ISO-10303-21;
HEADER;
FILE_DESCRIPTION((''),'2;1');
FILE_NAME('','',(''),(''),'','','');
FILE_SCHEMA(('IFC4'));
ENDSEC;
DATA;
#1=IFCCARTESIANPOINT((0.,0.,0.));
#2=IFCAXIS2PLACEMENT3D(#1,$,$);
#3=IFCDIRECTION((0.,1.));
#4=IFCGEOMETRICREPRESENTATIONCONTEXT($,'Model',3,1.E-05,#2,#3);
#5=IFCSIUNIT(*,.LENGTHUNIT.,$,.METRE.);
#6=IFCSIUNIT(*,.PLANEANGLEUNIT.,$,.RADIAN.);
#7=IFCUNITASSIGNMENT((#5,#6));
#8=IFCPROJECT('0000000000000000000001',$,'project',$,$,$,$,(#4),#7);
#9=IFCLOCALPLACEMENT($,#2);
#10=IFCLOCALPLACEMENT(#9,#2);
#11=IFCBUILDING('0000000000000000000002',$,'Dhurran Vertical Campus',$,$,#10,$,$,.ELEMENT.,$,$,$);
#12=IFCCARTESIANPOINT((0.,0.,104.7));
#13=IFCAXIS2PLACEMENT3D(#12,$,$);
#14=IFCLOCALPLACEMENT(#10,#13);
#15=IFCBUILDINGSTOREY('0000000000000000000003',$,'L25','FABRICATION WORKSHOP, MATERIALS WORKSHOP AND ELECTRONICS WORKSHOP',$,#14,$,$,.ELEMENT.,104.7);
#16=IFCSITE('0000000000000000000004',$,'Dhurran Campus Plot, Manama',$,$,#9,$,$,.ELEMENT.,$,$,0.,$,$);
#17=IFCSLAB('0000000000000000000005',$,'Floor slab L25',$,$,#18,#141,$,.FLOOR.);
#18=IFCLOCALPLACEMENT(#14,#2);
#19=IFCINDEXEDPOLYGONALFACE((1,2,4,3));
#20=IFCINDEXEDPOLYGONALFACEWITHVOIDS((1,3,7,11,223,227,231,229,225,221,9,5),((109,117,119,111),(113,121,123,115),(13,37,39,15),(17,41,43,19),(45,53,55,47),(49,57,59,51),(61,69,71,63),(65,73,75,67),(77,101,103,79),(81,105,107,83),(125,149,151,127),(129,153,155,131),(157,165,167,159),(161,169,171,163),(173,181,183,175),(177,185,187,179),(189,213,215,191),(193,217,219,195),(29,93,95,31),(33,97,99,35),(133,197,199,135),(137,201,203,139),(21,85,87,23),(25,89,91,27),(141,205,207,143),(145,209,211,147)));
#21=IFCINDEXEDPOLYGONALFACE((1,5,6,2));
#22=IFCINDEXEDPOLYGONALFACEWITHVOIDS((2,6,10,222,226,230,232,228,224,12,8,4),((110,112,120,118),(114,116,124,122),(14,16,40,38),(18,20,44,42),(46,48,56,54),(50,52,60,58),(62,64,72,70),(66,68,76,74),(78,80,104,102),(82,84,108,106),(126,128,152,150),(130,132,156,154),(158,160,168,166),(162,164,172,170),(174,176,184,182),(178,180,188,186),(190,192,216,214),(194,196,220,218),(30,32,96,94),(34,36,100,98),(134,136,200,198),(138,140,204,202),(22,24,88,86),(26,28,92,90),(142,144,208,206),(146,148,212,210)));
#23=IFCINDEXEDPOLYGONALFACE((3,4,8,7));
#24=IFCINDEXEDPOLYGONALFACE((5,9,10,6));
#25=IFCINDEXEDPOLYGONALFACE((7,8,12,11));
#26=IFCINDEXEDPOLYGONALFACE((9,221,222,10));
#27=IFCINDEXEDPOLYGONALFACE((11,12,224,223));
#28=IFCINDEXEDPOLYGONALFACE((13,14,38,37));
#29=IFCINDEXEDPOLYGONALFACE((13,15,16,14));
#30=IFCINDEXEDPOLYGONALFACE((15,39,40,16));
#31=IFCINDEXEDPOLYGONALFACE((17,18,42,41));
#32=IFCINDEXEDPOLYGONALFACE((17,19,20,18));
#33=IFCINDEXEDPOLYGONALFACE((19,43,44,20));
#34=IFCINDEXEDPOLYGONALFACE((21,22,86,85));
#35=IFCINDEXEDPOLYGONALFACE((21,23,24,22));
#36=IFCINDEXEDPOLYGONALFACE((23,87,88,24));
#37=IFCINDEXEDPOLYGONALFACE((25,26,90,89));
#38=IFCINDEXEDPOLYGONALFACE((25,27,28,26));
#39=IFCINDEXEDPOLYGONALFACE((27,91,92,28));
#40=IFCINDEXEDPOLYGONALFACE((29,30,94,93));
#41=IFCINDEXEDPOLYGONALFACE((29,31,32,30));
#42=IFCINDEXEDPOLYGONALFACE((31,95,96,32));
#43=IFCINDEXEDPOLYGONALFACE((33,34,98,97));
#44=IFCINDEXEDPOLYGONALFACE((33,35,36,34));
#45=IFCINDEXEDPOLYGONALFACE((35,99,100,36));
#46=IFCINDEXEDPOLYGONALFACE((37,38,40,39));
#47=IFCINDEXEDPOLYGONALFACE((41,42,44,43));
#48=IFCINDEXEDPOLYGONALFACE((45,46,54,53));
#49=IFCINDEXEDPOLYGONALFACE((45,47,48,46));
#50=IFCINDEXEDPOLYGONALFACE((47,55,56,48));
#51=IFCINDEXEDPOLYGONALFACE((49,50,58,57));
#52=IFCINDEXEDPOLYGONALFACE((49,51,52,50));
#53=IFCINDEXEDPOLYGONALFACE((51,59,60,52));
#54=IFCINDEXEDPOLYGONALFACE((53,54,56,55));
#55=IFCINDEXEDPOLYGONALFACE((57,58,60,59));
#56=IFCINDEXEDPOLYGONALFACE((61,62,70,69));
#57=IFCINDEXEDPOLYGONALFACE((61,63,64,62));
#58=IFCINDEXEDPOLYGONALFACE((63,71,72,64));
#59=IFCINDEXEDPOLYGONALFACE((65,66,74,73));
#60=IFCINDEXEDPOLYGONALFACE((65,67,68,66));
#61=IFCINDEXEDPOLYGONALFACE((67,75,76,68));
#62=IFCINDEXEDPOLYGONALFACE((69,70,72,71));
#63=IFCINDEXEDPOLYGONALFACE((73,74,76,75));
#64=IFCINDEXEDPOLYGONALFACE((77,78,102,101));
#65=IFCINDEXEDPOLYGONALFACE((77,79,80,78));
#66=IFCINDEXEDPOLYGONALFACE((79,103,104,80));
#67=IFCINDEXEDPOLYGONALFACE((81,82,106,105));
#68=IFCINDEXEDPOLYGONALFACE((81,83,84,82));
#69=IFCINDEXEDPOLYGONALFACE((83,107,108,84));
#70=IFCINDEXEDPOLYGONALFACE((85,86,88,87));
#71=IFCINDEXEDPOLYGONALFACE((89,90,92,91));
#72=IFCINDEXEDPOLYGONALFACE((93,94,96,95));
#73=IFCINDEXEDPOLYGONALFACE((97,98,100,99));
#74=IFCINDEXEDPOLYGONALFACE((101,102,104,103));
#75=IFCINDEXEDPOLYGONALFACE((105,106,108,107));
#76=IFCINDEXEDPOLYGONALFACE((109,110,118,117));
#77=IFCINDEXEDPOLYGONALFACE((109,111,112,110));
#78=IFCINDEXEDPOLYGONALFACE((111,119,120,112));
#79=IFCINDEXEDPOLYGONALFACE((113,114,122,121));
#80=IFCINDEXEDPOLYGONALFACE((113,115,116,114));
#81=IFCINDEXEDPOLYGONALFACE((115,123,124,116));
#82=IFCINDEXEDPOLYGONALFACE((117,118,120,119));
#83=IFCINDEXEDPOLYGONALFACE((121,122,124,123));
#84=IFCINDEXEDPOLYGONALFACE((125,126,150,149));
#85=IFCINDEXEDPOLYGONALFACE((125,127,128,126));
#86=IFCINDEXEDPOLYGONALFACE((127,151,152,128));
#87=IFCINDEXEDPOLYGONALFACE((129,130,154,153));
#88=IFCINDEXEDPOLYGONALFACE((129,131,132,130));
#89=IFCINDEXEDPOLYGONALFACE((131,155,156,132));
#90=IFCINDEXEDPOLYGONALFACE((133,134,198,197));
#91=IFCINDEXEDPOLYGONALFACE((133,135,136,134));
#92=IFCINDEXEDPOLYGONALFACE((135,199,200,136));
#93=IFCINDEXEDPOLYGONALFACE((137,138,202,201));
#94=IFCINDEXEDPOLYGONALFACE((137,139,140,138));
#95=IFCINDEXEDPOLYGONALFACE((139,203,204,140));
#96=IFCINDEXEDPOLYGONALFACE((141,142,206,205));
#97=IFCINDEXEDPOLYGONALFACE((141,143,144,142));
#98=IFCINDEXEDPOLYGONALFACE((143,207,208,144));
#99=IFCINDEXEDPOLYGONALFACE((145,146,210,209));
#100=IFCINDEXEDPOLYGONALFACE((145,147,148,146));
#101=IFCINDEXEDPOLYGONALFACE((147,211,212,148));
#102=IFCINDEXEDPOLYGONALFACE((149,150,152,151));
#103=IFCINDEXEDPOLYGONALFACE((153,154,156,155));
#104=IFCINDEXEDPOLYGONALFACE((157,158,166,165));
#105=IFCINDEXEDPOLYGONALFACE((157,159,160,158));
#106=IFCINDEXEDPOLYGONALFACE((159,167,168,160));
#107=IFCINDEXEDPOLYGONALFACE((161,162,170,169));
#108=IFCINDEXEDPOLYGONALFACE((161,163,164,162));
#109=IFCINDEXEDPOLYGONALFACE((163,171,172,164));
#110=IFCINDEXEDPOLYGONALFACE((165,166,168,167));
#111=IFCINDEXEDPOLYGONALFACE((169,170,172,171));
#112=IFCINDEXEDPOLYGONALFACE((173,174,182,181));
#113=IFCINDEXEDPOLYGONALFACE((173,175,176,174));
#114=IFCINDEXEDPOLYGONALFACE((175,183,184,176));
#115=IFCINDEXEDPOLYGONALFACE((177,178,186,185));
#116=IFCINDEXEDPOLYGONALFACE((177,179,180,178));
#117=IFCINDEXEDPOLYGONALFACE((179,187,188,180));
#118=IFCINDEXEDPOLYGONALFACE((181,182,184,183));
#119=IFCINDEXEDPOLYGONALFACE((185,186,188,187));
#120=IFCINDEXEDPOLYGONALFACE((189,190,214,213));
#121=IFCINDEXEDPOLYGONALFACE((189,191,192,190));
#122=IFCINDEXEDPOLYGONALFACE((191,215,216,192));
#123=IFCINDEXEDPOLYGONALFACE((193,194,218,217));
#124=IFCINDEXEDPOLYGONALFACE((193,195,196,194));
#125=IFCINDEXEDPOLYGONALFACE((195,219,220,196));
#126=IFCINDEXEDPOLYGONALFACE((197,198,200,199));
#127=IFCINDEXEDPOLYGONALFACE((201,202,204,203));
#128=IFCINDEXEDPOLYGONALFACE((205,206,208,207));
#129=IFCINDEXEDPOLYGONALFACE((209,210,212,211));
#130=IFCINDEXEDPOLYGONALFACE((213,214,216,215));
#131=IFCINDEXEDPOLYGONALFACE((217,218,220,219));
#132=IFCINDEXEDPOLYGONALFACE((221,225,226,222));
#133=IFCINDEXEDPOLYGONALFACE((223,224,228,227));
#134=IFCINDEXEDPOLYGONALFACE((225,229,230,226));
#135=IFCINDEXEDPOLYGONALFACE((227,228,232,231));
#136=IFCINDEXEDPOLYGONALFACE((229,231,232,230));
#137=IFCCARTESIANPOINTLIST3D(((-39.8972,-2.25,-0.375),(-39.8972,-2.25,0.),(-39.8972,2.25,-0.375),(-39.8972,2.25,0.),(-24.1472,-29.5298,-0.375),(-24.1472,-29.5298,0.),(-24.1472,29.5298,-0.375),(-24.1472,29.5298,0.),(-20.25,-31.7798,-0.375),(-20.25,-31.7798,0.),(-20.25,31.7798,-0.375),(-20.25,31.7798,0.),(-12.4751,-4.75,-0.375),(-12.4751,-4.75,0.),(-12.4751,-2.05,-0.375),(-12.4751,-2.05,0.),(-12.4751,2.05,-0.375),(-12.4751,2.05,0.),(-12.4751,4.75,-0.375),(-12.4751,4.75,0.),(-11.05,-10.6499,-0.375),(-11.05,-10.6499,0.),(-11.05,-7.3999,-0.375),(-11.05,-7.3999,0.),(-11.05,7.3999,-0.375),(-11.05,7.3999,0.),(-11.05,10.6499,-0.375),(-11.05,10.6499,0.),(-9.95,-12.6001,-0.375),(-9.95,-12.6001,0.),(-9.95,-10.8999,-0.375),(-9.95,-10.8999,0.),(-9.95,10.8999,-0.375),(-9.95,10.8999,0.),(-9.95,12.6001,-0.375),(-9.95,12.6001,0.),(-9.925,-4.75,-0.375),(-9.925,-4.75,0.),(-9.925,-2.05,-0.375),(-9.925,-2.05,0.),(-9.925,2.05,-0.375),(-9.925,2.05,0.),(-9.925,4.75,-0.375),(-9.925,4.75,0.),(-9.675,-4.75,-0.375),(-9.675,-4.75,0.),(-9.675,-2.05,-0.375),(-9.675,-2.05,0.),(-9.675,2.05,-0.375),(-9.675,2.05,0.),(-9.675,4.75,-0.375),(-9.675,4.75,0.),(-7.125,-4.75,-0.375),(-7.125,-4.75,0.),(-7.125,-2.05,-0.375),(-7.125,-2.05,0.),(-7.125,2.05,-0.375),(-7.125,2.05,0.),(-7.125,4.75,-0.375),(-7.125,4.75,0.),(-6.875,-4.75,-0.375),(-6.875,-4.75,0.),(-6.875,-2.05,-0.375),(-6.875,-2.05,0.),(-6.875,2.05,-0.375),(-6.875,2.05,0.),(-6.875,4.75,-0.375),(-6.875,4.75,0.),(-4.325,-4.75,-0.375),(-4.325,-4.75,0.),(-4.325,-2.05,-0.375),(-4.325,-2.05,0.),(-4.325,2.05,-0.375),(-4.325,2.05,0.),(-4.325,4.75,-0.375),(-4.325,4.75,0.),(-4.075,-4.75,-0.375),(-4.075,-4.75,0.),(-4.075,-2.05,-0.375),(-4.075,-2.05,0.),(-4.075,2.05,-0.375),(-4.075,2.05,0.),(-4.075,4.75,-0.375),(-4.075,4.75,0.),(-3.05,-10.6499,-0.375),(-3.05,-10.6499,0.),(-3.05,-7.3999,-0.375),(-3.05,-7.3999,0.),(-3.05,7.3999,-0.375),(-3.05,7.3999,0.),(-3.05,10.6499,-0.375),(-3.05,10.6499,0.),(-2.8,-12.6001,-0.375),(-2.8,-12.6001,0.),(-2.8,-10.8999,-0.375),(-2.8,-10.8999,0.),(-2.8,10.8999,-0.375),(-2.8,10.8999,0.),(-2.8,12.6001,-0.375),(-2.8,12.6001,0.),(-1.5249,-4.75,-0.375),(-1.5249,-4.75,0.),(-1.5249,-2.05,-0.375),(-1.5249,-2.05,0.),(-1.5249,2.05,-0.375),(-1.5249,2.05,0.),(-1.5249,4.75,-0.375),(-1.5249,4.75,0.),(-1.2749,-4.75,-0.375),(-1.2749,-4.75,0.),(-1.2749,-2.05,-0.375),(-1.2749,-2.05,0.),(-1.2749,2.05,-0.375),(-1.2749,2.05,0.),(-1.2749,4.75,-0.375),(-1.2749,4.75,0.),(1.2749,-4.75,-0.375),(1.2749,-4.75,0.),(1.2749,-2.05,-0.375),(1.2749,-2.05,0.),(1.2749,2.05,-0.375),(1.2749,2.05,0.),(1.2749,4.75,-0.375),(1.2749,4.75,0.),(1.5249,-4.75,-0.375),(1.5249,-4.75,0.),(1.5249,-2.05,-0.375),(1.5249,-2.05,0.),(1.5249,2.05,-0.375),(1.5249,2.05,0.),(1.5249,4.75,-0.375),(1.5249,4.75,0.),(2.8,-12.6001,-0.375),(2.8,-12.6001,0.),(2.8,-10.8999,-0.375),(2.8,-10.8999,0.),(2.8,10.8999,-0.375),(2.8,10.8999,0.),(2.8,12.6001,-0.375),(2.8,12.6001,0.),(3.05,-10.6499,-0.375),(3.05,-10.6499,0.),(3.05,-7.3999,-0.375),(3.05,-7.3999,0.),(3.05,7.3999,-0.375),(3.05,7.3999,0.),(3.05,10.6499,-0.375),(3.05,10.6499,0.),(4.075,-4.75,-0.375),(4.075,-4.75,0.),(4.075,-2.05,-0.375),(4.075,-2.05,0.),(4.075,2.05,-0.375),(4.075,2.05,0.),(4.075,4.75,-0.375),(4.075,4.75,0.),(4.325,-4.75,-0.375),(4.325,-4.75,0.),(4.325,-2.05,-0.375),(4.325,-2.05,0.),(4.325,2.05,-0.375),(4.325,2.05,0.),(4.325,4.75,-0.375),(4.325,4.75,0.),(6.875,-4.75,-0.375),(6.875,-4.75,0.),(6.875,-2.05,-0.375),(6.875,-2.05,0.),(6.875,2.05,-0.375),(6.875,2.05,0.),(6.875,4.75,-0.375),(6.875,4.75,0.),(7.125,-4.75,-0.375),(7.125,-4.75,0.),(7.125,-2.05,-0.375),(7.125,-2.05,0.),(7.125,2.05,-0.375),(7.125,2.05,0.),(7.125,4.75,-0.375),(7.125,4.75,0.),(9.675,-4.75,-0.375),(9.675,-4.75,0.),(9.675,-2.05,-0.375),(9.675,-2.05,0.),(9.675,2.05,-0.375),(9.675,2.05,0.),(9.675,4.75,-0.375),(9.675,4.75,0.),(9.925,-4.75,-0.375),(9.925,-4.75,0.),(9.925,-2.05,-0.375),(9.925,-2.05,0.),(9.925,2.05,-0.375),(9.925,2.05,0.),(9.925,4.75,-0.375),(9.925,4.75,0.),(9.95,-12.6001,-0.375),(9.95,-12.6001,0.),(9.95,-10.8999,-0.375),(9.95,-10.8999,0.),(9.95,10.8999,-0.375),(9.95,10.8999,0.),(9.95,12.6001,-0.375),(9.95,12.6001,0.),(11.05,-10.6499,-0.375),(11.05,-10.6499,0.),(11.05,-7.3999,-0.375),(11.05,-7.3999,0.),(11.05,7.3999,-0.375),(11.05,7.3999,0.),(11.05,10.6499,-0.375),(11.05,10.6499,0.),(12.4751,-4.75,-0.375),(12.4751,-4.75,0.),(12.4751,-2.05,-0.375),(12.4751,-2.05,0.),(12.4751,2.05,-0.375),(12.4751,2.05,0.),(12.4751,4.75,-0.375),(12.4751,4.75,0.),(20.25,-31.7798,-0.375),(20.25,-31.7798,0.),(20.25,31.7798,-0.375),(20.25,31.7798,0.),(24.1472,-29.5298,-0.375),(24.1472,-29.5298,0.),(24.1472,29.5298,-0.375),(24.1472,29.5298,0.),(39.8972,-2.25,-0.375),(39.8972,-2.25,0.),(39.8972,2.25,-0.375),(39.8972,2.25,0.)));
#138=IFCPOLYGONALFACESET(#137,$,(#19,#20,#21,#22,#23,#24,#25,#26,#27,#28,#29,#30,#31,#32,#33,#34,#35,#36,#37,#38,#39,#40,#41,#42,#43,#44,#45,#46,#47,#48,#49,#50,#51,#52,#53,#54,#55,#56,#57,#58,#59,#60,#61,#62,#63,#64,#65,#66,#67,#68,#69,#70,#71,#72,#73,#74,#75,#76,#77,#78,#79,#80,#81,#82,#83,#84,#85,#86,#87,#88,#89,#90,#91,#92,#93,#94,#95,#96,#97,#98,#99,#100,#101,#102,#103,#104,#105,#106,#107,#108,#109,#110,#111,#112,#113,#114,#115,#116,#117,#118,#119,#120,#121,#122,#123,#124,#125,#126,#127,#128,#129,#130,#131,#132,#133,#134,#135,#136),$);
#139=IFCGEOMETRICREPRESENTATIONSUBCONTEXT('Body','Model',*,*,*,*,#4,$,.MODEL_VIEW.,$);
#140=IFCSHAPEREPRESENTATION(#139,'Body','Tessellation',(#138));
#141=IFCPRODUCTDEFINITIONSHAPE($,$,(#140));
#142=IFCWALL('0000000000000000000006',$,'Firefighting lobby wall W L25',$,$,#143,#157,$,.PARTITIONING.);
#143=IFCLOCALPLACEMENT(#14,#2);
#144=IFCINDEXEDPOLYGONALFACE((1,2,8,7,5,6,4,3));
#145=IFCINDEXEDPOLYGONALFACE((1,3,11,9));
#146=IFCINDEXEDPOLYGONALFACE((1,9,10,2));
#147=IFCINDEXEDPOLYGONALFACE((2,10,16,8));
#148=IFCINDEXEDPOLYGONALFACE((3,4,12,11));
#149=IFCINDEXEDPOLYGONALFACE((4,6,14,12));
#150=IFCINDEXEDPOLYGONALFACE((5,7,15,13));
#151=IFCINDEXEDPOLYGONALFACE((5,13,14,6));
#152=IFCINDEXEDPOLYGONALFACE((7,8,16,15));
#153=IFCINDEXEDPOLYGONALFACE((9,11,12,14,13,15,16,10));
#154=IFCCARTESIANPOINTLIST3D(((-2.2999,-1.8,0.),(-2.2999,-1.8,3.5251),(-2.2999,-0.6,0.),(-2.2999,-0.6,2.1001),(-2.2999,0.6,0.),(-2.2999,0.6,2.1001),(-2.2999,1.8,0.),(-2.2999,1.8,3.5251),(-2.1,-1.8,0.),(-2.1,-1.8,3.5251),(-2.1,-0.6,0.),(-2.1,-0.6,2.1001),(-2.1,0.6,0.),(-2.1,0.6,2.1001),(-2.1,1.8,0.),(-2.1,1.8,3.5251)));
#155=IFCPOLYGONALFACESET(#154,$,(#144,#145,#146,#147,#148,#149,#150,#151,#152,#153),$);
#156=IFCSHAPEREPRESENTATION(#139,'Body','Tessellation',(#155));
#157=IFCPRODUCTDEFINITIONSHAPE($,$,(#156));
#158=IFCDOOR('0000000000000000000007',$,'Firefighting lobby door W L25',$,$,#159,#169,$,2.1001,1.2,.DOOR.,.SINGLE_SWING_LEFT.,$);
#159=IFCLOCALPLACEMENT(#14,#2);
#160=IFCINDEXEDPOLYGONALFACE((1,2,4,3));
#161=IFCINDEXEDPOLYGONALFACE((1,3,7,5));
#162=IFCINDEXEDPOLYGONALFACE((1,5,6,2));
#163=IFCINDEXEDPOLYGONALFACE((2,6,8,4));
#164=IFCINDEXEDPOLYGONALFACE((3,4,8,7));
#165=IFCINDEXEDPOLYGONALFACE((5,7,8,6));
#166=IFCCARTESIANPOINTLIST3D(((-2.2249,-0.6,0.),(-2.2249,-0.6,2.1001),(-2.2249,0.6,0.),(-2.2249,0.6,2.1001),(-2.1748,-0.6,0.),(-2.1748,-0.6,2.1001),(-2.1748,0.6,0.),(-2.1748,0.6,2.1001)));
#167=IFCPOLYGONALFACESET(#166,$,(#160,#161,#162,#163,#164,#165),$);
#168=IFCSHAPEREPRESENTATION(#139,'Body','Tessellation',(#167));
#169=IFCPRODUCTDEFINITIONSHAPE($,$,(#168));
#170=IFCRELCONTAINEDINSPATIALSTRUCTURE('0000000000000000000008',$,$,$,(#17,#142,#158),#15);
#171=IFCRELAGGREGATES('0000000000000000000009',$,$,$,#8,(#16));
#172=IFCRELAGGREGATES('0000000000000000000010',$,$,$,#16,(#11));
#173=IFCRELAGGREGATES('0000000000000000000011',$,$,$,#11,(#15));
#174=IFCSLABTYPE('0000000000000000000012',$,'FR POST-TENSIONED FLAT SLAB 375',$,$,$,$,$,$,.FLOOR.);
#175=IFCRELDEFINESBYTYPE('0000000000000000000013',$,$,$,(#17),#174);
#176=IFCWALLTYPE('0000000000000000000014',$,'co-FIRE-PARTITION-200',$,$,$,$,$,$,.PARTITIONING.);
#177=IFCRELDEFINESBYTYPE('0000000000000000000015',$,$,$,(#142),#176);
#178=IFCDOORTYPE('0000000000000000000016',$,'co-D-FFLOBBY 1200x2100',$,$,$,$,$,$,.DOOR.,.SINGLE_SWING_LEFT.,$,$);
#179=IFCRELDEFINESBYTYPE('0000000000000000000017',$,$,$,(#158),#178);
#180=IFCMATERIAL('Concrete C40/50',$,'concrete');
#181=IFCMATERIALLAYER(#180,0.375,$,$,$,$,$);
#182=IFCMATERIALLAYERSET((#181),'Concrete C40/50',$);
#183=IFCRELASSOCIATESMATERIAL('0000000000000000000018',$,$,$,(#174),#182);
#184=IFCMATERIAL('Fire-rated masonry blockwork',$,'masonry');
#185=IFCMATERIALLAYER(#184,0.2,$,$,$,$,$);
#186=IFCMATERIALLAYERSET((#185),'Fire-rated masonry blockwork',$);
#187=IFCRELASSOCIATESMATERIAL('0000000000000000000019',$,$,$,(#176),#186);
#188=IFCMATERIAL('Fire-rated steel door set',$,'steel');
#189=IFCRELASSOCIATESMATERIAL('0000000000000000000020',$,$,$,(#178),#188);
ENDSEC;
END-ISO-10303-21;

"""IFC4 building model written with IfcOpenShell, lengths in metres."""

from ifc_helpers import new_model, si_unit, direction, frame, frame_2d, origin, place, context, subcontext, project, spatial, polyline, rectangle, outline, extrude, material, layer, layer_set, type_object, element, fill, save


model = new_model("IFC4")

# Units and contexts
model_context = context("Model", 3, precision=1e-05, world=origin(), true_north=direction((0.0, 1.0)))
body_context = subcontext(model_context, "Body", "Model", "MODEL_VIEW")
ifc_project = project(units=[si_unit("LENGTHUNIT", "METRE"), si_unit("PLANEANGLEUNIT", "RADIAN")], contexts=[model_context])

# Site, building, storey
site_placement = place(None, origin())
site = spatial("IfcSite", under=ifc_project, at=site_placement, Name="Dhurran Campus Plot, Manama", CompositionType="ELEMENT", RefElevation=0.0)
building_placement = place(site_placement, origin())
building = spatial("IfcBuilding", under=site, at=building_placement, Name="Dhurran Vertical Campus", CompositionType="ELEMENT")
storey_placement = place(building_placement, frame((0.0, 0.0, 104.7)))
storey = spatial("IfcBuildingStorey", under=building, at=storey_placement, Name="L25", Description="FABRICATION WORKSHOP, MATERIALS WORKSHOP AND ELECTRONICS WORKSHOP", CompositionType="ELEMENT", Elevation=104.7)

# Slab
ifc_material_1 = material(Name="Concrete C40/50", Category="concrete")
ifc_layer_1 = layer(ifc_material_1, 0.375)
ifc_layer_set_1 = layer_set([ifc_layer_1], Name="Concrete C40/50")
slab_type = type_object("IfcSlabType", Name="FR POST-TENSIONED FLAT SLAB 375", PredefinedType="FLOOR", material=ifc_layer_set_1)
slab_placement = place(storey_placement, frame((0.0, 0.0, -0.375)))
element("IfcSlab", 1, at=slab_placement, inside=storey, type_object=slab_type, Name="Floor slab L25", PredefinedType="FLOOR", context=body_context, shape_type="SweptSolid", body=[
    extrude(outline(polyline([(-20.25, -31.7798), (20.25, -31.7798), (24.1472, -29.5298), (39.8972, -2.25), (39.8972, 2.25), (24.1472, 29.5298), (20.25, 31.7798), (-20.25, 31.7798), (-24.1472, 29.5298), (-39.8972, 2.25), (-39.8972, -2.25), (-24.1472, -29.5298), (-20.25, -31.7798)]), holes=[polyline([(-12.4751, 2.05), (-9.925, 2.05), (-9.925, 4.75), (-12.4751, 4.75), (-12.4751, 2.05)]), polyline([(-9.675, 2.05), (-7.125, 2.05), (-7.125, 4.75), (-9.675, 4.75), (-9.675, 2.05)]), polyline([(-6.875, 2.05), (-4.325, 2.05), (-4.325, 4.75), (-6.875, 4.75), (-6.875, 2.05)]), polyline([(-1.2749, 2.05), (1.2749, 2.05), (1.2749, 4.75), (-1.2749, 4.75), (-1.2749, 2.05)]), polyline([(9.925, 2.05), (12.4751, 2.05), (12.4751, 4.75), (9.925, 4.75), (9.925, 2.05)]), polyline([(-1.2749, -4.75), (1.2749, -4.75), (1.2749, -2.05), (-1.2749, -2.05), (-1.2749, -4.75)]), polyline([(1.5249, -4.75), (4.075, -4.75), (4.075, -2.05), (1.5249, -2.05), (1.5249, -4.75)]), polyline([(4.325, -4.75), (6.875, -4.75), (6.875, -2.05), (4.325, -2.05), (4.325, -4.75)]), polyline([(7.125, -4.75), (9.675, -4.75), (9.675, -2.05), (7.125, -2.05), (7.125, -4.75)]), polyline([(9.925, -4.75), (12.4751, -4.75), (12.4751, -2.05), (9.925, -2.05), (9.925, -4.75)]), polyline([(-4.075, 2.05), (-1.5249, 2.05), (-1.5249, 4.75), (-4.075, 4.75), (-4.075, 2.05)]), polyline([(1.5249, 2.05), (4.075, 2.05), (4.075, 4.75), (1.5249, 4.75), (1.5249, 2.05)]), polyline([(4.325, 2.05), (6.875, 2.05), (6.875, 4.75), (4.325, 4.75), (4.325, 2.05)]), polyline([(7.125, 2.05), (9.675, 2.05), (9.675, 4.75), (7.125, 4.75), (7.125, 2.05)]), polyline([(-12.4751, -4.75), (-9.925, -4.75), (-9.925, -2.05), (-12.4751, -2.05), (-12.4751, -4.75)]), polyline([(-9.675, -4.75), (-7.125, -4.75), (-7.125, -2.05), (-9.675, -2.05), (-9.675, -4.75)]), polyline([(-6.875, -4.75), (-4.325, -4.75), (-4.325, -2.05), (-6.875, -2.05), (-6.875, -4.75)]), polyline([(-4.075, -4.75), (-1.5249, -4.75), (-1.5249, -2.05), (-4.075, -2.05), (-4.075, -4.75)]), polyline([(-11.05, 7.3999), (-3.05, 7.3999), (-3.05, 10.6499), (-11.05, 10.6499), (-11.05, 7.3999)]), polyline([(3.05, 7.3999), (11.05, 7.3999), (11.05, 10.6499), (3.05, 10.6499), (3.05, 7.3999)]), polyline([(-11.05, -10.6499), (-3.05, -10.6499), (-3.05, -7.3999), (-11.05, -7.3999), (-11.05, -10.6499)]), polyline([(3.05, -10.6499), (11.05, -10.6499), (11.05, -7.3999), (3.05, -7.3999), (3.05, -10.6499)]), polyline([(-9.95, 10.8999), (-9.95, 12.6001), (-2.8, 12.6001), (-2.8, 10.8999), (-9.95, 10.8999)]), polyline([(9.95, 12.6001), (9.95, 10.8999), (2.8, 10.8999), (2.8, 12.6001), (9.95, 12.6001)]), polyline([(-9.95, -12.6001), (-9.95, -10.8999), (-2.8, -10.8999), (-2.8, -12.6001), (-9.95, -12.6001)]), polyline([(9.95, -10.8999), (9.95, -12.6001), (2.8, -12.6001), (2.8, -10.8999), (9.95, -10.8999)])]), origin(), (0.0, 0.0, 1.0), 0.375),
])

# Wall, opening, door
ifc_material_2 = material(Name="Fire-rated masonry blockwork", Category="masonry")
ifc_layer_2 = layer(ifc_material_2, 0.2)
ifc_layer_set_2 = layer_set([ifc_layer_2], Name="Fire-rated masonry blockwork")
wall_type_1 = type_object("IfcWallType", Name="co-FIRE-PARTITION-200", PredefinedType="PARTITIONING", material=ifc_layer_set_2)
wall_1_placement = place(storey_placement, frame((-2.2, -1.8, 0.0), z_axis=(0.0, 0.0, 1.0), x_axis=(0.0, 1.0, 0.0)))
wall_1 = element("IfcWall", 2, at=wall_1_placement, inside=storey, type_object=wall_type_1, Name="Firefighting lobby wall W L25", PredefinedType="PARTITIONING", context=body_context, shape_type="SweptSolid", body=[
    extrude(rectangle(XDim=3.6001, YDim=0.2, at=frame_2d((1.8, 0.0))), origin(), (0.0, 0.0, 1.0), 3.5251),
])
opening_1_placement = place(wall_1_placement, frame((1.2, 0.0, 0.0)))
opening_1 = element("IfcOpeningElement", 3, at=opening_1_placement, cuts=wall_1, PredefinedType="OPENING", context=body_context, shape_type="SweptSolid", body=[
    extrude(rectangle(XDim=1.2, YDim=2.1001, at=frame_2d((0.6001, 1.05))), frame((0.0, 0.1099, 0.0), z_axis=(0.0, -1.0, 0.0), x_axis=(1.0, 0.0, 0.0)), (0.0, 0.0, 1.0), 0.22),
])
ifc_material_3 = material(Name="Fire-rated steel door set", Category="steel")
door_type_1 = type_object("IfcDoorType", Name="co-D-FFLOBBY 1200x2100", OperationType="SINGLE_SWING_LEFT", PredefinedType="DOOR", material=ifc_material_3)
door_1_placement = place(opening_1_placement, origin())
door_1 = element("IfcDoor", 4, at=door_1_placement, inside=storey, type_object=door_type_1, Name="Firefighting lobby door W L25", OperationType="SINGLE_SWING_LEFT", OverallHeight=2.1001, OverallWidth=1.2, PredefinedType="DOOR", context=body_context, shape_type="SweptSolid", body=[
    extrude(rectangle(XDim=1.2, YDim=2.1001, at=frame_2d((0.6001, 1.05))), frame((0.0, 0.0249, 0.0), z_axis=(0.0, -1.0, 0.0), x_axis=(1.0, 0.0, 0.0)), (0.0, 0.0, 1.0), 0.05),
])
fill(opening_1, door_1)

save(model, "model.ifc")
